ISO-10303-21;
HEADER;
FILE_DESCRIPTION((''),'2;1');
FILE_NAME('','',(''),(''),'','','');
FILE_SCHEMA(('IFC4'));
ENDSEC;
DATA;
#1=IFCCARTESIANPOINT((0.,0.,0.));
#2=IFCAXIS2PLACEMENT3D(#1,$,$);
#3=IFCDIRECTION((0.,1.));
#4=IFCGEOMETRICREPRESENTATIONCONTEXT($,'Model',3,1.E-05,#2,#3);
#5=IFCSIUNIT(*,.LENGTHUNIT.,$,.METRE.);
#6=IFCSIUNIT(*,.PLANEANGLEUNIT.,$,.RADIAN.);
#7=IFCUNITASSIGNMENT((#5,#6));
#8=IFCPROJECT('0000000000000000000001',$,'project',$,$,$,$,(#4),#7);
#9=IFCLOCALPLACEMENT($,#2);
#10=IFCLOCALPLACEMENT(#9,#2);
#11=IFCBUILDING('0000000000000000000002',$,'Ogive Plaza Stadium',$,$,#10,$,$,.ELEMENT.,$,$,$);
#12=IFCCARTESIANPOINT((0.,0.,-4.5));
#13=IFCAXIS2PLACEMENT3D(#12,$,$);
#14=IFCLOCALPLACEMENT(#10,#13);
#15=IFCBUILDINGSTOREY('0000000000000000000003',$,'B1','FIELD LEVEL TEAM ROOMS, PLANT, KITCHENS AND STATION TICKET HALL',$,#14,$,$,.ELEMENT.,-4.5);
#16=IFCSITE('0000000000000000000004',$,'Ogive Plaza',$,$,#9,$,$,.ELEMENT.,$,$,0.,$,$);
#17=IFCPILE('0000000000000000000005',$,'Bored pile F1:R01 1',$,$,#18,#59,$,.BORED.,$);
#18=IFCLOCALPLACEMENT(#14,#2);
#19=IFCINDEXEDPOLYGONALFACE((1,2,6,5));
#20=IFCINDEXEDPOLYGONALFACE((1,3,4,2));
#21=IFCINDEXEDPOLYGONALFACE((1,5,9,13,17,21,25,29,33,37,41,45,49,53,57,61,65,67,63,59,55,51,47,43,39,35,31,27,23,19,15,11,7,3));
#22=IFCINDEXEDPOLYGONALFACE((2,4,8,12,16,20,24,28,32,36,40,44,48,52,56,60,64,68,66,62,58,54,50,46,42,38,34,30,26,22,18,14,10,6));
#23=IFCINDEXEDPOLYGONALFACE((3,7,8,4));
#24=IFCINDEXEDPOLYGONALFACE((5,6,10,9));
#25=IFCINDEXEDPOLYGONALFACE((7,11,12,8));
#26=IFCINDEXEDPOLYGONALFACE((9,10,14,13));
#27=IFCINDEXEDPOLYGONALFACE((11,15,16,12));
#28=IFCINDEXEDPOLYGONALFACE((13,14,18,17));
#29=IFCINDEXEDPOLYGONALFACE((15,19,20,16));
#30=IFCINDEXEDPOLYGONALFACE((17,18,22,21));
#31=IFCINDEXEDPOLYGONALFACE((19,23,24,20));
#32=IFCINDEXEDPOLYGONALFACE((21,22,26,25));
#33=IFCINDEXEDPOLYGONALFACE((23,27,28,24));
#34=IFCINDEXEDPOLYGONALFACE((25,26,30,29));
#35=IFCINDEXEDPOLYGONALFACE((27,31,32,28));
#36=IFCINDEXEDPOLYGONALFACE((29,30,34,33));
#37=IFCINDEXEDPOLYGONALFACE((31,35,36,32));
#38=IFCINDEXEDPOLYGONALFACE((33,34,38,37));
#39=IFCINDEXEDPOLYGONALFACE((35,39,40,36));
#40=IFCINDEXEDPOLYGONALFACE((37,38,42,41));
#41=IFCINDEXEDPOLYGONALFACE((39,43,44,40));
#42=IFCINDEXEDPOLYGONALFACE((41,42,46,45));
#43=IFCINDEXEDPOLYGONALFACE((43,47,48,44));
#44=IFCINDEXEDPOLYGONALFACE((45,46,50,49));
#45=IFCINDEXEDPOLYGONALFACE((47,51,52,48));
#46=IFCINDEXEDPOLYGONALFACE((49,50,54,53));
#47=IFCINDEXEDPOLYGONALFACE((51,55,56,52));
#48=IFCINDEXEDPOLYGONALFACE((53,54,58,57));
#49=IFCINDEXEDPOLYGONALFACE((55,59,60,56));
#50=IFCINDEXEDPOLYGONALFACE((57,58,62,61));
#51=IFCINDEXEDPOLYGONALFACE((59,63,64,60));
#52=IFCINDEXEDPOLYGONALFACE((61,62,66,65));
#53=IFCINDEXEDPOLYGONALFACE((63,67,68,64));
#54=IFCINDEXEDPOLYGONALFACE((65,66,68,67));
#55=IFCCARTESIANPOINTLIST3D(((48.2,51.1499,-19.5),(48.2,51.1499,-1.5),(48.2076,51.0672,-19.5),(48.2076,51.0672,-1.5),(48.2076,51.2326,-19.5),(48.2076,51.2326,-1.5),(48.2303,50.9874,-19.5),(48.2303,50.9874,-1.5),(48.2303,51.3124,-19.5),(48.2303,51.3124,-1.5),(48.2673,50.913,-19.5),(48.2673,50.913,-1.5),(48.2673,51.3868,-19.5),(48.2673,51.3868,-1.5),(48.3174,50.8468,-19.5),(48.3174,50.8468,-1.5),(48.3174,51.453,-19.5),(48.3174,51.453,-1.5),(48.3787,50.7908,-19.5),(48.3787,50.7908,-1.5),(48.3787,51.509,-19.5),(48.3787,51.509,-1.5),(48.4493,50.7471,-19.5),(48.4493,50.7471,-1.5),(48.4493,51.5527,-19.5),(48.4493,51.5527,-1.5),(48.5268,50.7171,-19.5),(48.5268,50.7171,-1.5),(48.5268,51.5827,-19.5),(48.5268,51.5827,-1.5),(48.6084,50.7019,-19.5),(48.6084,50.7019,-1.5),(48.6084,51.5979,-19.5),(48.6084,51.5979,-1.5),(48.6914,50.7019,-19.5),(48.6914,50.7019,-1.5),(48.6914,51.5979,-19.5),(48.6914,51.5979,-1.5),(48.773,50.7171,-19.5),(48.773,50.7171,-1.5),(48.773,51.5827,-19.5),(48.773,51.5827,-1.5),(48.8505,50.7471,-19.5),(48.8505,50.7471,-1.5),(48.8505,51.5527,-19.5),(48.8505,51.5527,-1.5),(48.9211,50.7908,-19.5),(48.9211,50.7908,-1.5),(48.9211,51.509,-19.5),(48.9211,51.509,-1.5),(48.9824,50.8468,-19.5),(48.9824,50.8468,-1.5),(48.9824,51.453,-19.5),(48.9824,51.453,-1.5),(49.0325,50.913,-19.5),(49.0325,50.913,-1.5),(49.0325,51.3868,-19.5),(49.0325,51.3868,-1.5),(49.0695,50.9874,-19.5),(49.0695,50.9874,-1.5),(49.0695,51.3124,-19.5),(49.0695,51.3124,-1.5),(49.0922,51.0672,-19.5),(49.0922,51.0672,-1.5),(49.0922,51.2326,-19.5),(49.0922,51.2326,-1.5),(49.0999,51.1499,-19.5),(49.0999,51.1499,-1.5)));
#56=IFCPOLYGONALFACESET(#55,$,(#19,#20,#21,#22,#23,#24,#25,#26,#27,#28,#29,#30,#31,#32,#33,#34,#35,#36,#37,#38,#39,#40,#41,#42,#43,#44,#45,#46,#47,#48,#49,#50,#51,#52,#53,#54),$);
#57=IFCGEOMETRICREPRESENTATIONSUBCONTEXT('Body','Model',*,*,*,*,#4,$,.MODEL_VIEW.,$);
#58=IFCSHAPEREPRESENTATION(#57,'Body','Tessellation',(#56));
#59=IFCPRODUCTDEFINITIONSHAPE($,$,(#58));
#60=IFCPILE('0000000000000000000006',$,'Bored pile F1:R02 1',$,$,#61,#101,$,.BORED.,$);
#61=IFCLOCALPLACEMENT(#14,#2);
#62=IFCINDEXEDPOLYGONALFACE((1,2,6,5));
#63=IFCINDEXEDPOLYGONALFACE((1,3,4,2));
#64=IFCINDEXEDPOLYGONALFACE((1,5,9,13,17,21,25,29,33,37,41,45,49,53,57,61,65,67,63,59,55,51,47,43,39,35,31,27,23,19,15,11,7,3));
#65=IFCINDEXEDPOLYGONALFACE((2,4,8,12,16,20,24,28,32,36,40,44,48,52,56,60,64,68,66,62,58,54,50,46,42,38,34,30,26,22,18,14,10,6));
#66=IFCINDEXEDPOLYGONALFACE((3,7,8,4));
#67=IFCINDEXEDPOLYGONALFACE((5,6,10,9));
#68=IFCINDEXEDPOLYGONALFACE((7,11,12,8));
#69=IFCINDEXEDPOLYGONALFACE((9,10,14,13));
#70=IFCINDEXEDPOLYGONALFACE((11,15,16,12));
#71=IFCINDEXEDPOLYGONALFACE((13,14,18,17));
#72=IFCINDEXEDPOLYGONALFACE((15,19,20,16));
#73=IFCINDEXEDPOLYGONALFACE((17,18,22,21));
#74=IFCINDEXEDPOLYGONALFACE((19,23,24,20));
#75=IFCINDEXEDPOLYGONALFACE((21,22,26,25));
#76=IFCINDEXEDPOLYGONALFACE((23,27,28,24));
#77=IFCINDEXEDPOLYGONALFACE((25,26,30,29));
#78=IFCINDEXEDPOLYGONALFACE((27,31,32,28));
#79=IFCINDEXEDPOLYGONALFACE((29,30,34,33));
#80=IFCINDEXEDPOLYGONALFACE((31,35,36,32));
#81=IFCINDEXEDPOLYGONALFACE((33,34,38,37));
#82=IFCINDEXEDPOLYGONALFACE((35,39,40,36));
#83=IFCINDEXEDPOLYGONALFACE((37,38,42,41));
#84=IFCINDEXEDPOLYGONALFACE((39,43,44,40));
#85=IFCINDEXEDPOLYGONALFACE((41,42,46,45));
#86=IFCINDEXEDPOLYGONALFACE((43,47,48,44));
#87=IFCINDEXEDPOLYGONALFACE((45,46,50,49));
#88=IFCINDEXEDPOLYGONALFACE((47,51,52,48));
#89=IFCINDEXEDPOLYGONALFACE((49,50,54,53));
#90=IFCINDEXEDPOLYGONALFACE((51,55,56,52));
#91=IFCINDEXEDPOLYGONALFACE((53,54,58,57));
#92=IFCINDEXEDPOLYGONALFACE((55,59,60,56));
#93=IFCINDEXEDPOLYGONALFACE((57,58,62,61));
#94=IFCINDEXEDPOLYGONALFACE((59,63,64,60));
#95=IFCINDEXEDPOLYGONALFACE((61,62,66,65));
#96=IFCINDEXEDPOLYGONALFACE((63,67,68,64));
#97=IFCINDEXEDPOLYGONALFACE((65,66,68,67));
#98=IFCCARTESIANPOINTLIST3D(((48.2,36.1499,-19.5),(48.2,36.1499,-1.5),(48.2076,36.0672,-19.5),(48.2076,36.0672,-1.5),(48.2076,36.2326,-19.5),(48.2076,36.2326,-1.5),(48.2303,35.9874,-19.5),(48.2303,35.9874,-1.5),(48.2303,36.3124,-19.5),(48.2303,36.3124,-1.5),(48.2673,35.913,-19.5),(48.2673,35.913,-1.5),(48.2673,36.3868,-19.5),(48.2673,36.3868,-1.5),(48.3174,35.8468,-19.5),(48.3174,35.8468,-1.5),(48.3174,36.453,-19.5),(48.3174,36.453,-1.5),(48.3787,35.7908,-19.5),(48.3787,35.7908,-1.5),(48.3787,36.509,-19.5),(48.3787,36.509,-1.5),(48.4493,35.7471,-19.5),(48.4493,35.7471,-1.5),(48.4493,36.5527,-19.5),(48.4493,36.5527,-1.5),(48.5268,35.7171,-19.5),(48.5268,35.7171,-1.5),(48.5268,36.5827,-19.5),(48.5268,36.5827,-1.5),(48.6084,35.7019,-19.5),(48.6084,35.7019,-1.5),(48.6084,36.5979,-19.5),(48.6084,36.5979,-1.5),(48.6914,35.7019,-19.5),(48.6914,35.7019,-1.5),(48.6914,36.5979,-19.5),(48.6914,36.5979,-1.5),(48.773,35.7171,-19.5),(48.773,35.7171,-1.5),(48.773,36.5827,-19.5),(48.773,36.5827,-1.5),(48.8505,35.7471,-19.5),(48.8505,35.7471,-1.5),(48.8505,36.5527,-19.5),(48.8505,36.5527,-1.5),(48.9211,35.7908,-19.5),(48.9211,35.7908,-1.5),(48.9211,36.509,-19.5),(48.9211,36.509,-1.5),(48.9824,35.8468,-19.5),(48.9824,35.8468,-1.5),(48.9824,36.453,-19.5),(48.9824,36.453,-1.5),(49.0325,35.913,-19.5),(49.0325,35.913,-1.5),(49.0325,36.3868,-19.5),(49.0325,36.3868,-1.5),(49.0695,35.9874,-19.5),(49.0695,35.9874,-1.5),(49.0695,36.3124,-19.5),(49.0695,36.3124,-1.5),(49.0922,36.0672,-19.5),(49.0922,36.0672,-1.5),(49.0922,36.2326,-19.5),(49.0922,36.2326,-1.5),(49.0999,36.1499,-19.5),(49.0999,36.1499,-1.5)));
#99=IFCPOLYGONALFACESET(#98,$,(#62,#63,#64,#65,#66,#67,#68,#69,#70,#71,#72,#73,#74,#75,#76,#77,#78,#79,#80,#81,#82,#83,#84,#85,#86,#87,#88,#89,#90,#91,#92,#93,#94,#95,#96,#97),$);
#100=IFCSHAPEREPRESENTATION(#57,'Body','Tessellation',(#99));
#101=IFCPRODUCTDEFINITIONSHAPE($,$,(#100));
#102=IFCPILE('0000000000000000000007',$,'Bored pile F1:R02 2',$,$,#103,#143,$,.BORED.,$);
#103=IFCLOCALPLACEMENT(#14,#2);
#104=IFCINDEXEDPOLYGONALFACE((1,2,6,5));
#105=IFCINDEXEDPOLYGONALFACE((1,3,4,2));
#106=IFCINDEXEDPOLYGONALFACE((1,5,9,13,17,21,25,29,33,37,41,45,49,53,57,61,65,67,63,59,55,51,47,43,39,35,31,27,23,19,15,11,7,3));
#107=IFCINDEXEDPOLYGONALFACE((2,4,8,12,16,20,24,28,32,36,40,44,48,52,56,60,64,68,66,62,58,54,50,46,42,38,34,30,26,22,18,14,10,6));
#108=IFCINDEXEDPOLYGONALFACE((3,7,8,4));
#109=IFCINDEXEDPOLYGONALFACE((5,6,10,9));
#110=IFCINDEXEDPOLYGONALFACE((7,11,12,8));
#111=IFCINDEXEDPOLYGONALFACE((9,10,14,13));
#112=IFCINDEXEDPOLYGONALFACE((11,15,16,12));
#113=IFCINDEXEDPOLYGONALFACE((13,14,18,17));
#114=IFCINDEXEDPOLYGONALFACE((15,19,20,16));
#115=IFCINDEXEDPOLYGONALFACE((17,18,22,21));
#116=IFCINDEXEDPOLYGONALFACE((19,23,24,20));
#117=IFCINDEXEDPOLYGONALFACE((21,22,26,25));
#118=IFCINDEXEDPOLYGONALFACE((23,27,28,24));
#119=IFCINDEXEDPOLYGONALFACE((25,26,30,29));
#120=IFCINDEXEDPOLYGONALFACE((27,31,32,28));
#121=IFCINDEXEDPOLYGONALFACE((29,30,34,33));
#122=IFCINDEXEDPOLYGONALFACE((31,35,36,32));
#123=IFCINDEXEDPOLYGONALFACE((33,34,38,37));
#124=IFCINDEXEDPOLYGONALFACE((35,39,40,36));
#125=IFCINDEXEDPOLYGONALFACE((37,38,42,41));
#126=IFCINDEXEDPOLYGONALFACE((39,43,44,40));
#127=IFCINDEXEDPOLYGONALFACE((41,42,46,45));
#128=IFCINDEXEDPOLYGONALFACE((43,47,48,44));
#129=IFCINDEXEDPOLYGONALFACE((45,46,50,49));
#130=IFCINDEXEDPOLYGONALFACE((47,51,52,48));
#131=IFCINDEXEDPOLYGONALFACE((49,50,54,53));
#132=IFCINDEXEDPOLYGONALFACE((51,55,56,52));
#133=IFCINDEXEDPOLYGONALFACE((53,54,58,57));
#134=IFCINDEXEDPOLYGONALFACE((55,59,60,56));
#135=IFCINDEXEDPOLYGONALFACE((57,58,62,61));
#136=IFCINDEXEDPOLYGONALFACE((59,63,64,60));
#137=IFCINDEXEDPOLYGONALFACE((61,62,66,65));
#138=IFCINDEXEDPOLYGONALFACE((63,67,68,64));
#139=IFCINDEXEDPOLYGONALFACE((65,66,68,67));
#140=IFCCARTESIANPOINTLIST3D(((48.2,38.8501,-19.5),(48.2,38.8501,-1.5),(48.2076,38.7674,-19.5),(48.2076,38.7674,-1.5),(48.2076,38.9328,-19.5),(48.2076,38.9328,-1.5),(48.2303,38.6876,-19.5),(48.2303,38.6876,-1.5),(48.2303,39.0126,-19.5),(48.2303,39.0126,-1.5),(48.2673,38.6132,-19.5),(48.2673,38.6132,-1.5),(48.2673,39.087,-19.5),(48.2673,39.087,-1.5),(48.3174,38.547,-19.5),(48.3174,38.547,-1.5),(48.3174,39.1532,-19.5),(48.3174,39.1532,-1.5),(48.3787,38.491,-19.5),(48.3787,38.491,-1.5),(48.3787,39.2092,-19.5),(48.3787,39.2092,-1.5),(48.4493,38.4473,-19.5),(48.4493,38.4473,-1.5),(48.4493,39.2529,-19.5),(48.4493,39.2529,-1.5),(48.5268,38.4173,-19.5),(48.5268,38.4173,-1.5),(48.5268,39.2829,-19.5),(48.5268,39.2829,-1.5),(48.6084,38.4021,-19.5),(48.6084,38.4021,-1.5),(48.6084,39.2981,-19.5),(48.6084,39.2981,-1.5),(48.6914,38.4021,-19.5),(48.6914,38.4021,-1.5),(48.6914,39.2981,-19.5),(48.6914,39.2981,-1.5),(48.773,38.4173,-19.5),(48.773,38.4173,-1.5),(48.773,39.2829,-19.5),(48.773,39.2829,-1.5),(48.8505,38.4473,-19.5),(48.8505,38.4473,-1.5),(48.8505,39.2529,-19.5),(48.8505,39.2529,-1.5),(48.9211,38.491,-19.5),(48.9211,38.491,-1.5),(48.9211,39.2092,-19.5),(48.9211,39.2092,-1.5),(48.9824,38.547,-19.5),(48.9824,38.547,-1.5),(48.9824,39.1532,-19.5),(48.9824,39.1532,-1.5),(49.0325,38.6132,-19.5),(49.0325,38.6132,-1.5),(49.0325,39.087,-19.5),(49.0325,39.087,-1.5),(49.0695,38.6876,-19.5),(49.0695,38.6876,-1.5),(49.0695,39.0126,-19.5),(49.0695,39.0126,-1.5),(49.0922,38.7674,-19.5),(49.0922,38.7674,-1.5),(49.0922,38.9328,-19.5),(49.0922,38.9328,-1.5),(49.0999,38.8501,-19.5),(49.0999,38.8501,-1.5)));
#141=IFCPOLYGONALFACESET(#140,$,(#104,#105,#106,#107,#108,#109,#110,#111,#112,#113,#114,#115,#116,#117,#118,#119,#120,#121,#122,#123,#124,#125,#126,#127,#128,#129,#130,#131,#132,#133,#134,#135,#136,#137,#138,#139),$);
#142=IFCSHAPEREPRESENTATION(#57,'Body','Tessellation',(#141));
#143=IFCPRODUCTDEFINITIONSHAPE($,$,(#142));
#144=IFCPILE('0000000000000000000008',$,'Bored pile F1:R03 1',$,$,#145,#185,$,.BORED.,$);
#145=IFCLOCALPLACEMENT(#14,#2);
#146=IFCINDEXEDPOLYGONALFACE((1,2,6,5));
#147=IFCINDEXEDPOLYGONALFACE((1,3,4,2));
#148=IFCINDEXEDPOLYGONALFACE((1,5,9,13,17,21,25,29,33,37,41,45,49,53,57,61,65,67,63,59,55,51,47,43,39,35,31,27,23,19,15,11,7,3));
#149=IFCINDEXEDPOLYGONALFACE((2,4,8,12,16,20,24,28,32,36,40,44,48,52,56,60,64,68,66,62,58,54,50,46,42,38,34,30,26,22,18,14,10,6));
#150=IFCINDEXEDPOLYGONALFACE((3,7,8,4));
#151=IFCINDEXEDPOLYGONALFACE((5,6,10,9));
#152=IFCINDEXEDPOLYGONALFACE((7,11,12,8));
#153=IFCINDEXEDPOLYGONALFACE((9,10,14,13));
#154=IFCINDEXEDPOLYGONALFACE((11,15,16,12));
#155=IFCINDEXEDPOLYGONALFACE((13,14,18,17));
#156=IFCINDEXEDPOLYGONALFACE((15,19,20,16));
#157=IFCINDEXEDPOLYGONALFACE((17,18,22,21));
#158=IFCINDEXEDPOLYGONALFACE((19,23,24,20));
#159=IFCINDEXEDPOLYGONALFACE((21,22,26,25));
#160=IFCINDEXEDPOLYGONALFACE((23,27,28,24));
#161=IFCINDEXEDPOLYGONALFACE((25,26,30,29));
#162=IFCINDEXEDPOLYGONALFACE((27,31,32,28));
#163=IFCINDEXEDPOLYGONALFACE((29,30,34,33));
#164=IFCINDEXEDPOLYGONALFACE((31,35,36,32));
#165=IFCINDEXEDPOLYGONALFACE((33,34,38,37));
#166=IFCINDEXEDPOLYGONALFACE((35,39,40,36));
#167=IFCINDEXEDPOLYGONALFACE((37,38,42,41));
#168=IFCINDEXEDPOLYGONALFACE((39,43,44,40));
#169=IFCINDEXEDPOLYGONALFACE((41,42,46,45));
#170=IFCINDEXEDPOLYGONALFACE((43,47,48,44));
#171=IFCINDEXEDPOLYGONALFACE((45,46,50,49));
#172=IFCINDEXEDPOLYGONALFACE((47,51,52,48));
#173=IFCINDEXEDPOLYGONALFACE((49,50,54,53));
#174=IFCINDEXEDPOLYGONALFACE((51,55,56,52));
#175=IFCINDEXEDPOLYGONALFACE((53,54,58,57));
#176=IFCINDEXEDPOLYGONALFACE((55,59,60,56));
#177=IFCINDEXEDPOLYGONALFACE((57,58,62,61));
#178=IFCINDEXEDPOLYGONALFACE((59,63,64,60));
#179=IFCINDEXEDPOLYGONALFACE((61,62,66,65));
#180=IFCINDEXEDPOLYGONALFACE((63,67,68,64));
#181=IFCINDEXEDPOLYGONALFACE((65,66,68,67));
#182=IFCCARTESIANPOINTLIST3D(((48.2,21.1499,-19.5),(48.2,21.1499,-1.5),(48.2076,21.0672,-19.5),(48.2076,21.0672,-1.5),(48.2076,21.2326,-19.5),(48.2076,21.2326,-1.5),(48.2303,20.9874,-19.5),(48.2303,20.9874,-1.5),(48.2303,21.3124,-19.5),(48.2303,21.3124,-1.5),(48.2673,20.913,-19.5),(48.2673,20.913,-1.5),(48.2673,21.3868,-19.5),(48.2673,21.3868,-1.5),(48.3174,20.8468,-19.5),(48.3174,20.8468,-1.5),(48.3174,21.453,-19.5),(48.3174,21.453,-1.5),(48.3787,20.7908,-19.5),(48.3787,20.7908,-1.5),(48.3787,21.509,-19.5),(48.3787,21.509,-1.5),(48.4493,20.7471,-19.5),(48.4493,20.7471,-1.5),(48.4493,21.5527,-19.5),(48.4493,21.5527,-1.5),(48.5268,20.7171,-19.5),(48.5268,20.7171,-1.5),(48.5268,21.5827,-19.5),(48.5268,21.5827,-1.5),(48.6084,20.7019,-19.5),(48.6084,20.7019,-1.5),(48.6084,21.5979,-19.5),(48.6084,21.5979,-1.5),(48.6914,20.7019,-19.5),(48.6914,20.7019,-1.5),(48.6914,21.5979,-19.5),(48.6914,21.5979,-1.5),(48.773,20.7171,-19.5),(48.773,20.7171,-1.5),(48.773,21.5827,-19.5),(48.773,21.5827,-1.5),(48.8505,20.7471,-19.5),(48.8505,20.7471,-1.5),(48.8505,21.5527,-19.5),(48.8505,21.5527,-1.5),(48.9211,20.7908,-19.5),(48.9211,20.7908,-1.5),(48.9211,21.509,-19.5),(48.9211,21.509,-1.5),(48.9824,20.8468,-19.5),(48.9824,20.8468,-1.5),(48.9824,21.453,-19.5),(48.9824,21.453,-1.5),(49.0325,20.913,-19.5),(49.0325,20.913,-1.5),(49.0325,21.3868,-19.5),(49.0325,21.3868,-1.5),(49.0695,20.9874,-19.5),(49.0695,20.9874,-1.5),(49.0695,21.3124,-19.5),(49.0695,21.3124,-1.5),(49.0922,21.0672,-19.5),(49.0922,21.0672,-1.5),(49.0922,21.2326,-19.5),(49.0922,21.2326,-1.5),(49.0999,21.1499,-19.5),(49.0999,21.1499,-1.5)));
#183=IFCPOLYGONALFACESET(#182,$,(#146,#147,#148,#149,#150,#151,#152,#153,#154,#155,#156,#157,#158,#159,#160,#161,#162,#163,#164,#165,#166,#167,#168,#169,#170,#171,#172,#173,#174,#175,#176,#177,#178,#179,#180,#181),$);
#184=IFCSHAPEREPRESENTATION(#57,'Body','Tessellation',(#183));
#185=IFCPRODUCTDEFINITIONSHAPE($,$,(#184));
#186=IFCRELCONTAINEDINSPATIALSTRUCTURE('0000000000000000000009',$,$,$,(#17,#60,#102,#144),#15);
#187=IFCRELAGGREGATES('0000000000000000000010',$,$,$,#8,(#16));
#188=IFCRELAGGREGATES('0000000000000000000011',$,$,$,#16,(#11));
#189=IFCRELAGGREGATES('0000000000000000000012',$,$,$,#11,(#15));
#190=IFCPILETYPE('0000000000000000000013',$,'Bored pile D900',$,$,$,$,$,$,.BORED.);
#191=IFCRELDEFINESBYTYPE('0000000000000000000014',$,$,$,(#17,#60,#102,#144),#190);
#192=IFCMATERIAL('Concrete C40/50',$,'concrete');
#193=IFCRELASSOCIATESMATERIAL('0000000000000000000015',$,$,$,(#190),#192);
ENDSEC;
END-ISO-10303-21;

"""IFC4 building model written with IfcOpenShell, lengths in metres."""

from ifc_helpers import new_model, si_unit, direction, frame, origin, origin_2d, place, context, subcontext, project, spatial, circle, extrude, material, material_profile, profile_set, type_object, element, save


model = new_model("IFC4")

# Units and contexts
model_context = context("Model", 3, precision=1e-05, world=origin(), true_north=direction((0.0, 1.0)))
body_context = subcontext(model_context, "Body", "Model", "MODEL_VIEW")
ifc_project = project(units=[si_unit("LENGTHUNIT", "METRE"), si_unit("PLANEANGLEUNIT", "RADIAN")], contexts=[model_context])

# Site, building, storey
site_placement = place(None, origin())
site = spatial("IfcSite", under=ifc_project, at=site_placement, Name="Ogive Plaza", CompositionType="ELEMENT", RefElevation=0.0)
building_placement = place(site_placement, origin())
building = spatial("IfcBuilding", under=site, at=building_placement, Name="Ogive Plaza Stadium", CompositionType="ELEMENT")
storey_placement = place(building_placement, frame((0.0, 0.0, -4.5)))
storey = spatial("IfcBuildingStorey", under=building, at=storey_placement, Name="B1", Description="FIELD LEVEL TEAM ROOMS, PLANT, KITCHENS AND STATION TICKET HALL", CompositionType="ELEMENT", Elevation=-4.5)

# Piles
ifc_material_1 = material(Name="Concrete C40/50", Category="concrete")
ifc_material_profile_1 = material_profile(ifc_material_1, circle(Radius=0.45, at=origin_2d()), Name="RC D900")
ifc_profile_set_1 = profile_set([ifc_material_profile_1], Name="Concrete C40/50")
pile_type = type_object("IfcPileType", Name="Bored pile D900", PredefinedType="BORED", material=ifc_profile_set_1)
for number, where, z_axis, x_axis, name in (
    (1, (48.6499, 51.1499, -1.5), (0.0, 0.0, -1.0), (1.0, 0.0, 0.0), "Bored pile F1:R01 1"),
    (2, (48.6499, 36.1499, -1.5), (0.0, 0.0, -1.0), (1.0, 0.0, 0.0), "Bored pile F1:R02 1"),
    (3, (48.6499, 38.8501, -1.5), (0.0, 0.0, -1.0), (1.0, 0.0, 0.0), "Bored pile F1:R02 2"),
    (4, (48.6499, 21.1499, -1.5), (0.0, 0.0, -1.0), (1.0, 0.0, 0.0), "Bored pile F1:R03 1"),
):
    element("IfcPile", number, at=place(storey_placement, frame(where, z_axis=z_axis, x_axis=x_axis)), inside=storey, type_object=pile_type, Name=name, PredefinedType="BORED", context=body_context, shape_type="SweptSolid", body=[
        extrude(circle(Radius=0.45, at=origin_2d()), origin(), (0.0, 0.0, 1.0), 18.0),
    ])

save(model, "model.ifc")
